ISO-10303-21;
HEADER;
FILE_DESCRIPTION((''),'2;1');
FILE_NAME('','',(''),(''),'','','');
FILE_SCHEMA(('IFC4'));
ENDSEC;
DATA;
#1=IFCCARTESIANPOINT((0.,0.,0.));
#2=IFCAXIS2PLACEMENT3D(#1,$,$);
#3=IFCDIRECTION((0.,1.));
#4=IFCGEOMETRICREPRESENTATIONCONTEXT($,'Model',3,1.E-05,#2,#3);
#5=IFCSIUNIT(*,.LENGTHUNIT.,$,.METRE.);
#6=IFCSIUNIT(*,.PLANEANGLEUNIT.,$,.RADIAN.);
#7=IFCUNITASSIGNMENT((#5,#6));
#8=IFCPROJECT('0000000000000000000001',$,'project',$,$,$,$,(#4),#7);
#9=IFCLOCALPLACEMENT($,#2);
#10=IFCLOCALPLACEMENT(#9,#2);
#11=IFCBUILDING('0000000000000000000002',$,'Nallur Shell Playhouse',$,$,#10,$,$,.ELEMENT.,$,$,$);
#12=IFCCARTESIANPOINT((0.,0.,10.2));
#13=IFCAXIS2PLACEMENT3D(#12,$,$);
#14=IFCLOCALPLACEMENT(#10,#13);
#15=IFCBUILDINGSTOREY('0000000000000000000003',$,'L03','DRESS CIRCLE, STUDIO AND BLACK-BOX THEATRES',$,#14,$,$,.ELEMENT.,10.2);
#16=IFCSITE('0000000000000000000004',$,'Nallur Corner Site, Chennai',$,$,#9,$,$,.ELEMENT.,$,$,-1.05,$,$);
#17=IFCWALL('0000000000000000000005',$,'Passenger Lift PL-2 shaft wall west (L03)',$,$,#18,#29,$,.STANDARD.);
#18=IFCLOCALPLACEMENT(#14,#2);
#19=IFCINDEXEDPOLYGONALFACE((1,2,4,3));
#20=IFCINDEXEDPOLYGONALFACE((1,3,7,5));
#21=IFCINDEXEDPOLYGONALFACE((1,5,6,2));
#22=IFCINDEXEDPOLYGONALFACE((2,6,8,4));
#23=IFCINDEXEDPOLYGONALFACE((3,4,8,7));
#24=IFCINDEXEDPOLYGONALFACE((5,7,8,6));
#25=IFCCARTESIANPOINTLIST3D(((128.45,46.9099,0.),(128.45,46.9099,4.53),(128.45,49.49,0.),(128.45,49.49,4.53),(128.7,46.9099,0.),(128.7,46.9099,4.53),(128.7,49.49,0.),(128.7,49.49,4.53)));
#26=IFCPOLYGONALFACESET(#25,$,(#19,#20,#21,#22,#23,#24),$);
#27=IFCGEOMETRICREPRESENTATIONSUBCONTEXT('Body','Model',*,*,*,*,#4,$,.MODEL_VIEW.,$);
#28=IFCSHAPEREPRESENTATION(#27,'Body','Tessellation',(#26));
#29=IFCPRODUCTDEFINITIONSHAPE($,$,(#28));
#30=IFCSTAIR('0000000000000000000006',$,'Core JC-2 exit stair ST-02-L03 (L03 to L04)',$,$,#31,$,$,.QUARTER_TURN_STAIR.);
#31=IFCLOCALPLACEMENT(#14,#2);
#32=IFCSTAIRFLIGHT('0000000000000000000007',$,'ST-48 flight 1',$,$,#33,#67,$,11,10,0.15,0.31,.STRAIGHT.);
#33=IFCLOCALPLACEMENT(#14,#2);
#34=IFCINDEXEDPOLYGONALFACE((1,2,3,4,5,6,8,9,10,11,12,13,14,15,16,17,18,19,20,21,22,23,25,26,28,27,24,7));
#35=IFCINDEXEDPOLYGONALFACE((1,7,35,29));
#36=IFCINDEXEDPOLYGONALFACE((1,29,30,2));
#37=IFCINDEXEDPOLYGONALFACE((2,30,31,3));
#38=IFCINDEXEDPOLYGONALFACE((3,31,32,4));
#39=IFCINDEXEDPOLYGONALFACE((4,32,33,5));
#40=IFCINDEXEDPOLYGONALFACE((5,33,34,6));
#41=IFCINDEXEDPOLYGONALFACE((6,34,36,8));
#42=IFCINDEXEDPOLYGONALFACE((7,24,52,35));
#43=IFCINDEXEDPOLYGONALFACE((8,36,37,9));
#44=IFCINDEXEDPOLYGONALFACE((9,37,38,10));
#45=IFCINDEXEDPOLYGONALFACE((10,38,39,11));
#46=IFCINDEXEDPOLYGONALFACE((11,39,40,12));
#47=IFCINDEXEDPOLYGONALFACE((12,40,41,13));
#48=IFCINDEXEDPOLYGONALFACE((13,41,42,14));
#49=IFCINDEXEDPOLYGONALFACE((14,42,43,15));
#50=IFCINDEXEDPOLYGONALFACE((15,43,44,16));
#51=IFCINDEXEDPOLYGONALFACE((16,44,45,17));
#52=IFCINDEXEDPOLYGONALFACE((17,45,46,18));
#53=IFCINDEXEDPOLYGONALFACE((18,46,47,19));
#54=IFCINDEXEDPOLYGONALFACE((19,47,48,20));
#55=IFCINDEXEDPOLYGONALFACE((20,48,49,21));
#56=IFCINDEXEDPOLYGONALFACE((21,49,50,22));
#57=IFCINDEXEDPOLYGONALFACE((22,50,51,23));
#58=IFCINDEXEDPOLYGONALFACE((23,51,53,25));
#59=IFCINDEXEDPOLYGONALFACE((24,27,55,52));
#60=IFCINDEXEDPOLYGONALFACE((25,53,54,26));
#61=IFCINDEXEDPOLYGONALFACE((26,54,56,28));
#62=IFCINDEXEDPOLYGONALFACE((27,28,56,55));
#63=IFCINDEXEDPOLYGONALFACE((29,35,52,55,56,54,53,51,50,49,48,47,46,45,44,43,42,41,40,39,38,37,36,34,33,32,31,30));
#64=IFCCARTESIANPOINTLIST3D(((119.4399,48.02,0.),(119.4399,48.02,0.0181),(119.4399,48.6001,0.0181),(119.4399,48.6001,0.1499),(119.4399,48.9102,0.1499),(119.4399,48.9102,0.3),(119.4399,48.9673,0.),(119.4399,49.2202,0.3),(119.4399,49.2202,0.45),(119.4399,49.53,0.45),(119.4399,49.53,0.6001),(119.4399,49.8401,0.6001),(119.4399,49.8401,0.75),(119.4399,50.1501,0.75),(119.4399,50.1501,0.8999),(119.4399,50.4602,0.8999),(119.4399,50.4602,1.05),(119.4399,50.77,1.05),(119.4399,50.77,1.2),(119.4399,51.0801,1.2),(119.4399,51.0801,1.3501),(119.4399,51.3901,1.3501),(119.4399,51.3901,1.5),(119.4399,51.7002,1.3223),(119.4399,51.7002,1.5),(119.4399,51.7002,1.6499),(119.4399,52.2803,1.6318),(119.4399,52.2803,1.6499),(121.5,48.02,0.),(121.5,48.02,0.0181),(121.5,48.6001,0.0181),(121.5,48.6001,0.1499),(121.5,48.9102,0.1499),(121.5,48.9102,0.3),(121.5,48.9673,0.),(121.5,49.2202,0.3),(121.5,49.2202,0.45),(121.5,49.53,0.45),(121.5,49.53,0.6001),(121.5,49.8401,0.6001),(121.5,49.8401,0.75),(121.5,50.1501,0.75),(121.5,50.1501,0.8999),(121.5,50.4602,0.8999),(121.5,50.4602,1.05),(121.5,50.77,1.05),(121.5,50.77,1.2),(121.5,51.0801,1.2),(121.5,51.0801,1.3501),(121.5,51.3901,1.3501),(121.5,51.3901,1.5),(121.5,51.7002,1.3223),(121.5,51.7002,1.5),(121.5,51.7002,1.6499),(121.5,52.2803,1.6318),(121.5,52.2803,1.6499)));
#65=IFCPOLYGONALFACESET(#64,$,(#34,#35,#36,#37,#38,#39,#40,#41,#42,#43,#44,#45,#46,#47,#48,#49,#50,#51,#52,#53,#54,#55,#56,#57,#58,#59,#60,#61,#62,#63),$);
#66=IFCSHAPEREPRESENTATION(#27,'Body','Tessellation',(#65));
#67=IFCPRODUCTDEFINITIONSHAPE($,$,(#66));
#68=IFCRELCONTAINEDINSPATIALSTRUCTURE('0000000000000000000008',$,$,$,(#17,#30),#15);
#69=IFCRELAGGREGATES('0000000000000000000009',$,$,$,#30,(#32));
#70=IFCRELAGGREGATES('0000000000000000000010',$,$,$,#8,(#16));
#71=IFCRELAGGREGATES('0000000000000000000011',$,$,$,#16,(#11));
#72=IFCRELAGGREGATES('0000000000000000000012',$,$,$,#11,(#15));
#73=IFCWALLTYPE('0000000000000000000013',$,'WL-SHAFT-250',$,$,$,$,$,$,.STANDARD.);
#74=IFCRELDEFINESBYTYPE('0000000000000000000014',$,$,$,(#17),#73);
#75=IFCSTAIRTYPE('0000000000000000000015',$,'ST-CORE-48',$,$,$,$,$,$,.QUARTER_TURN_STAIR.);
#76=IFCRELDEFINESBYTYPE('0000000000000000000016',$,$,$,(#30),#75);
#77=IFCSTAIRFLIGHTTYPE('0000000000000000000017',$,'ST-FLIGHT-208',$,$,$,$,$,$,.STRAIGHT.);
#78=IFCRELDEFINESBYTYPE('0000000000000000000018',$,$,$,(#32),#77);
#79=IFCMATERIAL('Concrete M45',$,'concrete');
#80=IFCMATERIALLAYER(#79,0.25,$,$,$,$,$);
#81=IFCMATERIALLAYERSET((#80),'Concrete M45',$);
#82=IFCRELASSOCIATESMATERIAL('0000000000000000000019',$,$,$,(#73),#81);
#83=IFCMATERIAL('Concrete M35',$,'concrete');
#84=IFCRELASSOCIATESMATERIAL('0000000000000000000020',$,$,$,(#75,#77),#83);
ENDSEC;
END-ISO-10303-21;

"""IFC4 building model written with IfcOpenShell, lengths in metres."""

from ifc_helpers import new_model, si_unit, direction, frame, frame_2d, origin, place, context, subcontext, project, spatial, polyline, rectangle, outline, extrude, material, layer, layer_set, type_object, element, aggregate, save


model = new_model("IFC4")

# Units and contexts
model_context = context("Model", 3, precision=1e-05, world=origin(), true_north=direction((0.0, 1.0)))
body_context = subcontext(model_context, "Body", "Model", "MODEL_VIEW")
ifc_project = project(units=[si_unit("LENGTHUNIT", "METRE"), si_unit("PLANEANGLEUNIT", "RADIAN")], contexts=[model_context])

# Site, building, storey
site_placement = place(None, origin())
site = spatial("IfcSite", under=ifc_project, at=site_placement, Name="Nallur Corner Site, Chennai", CompositionType="ELEMENT", RefElevation=-1.05)
building_placement = place(site_placement, origin())
building = spatial("IfcBuilding", under=site, at=building_placement, Name="Nallur Shell Playhouse", CompositionType="ELEMENT")
storey_placement = place(building_placement, frame((0.0, 0.0, 10.2)))
storey = spatial("IfcBuildingStorey", under=building, at=storey_placement, Name="L03", Description="DRESS CIRCLE, STUDIO AND BLACK-BOX THEATRES", CompositionType="ELEMENT", Elevation=10.2)

# Shared definitions
ifc_material_1 = material(Name="Concrete M45", Category="concrete")

# Shared definitions
ifc_material_2 = material(Name="Concrete M35", Category="concrete")

# Shared definitions
ifc_layer_1 = layer(ifc_material_1, 0.25)
ifc_layer_set_1 = layer_set([ifc_layer_1], Name="Concrete M45")
wall_type_1 = type_object("IfcWallType", Name="WL-SHAFT-250", PredefinedType="STANDARD", material=ifc_layer_set_1)

# Wall
wall_1_placement = place(storey_placement, frame((128.575, 49.49, 0.0), z_axis=(0.0, 0.0, 1.0), x_axis=(0.0, -1.0, 0.0)))
element("IfcWall", 1, at=wall_1_placement, inside=storey, type_object=wall_type_1, Name="Passenger Lift PL-2 shaft wall west (L03)", PredefinedType="STANDARD", context=body_context, shape_type="SweptSolid", body=[
    extrude(rectangle(XDim=2.5801, YDim=0.25, at=frame_2d((1.29, 0.0))), origin(), (0.0, 0.0, 1.0), 4.53),
])

# Stair, stair flight
stair_type = type_object("IfcStairType", Name="ST-CORE-48", PredefinedType="QUARTER_TURN_STAIR", material=ifc_material_2)
stair_placement = place(storey_placement, origin())
stair = element("IfcStair", 2, at=stair_placement, inside=storey, type_object=stair_type, Name="Core JC-2 exit stair ST-02-L03 (L03 to L04)", PredefinedType="QUARTER_TURN_STAIR")
stair_flight_type = type_object("IfcStairFlightType", Name="ST-FLIGHT-208", PredefinedType="STRAIGHT", material=ifc_material_2)
stair_flight_placement = place(storey_placement, frame((120.47, 48.6001, 0.0), z_axis=(0.0, 0.0, 1.0), x_axis=(0.0, 1.0, 0.0)))
stair_flight = element("IfcStairFlight", 3, at=stair_flight_placement, type_object=stair_flight_type, Name="ST-48 flight 1", NumberOfRisers=11, NumberOfTreads=10, PredefinedType="STRAIGHT", RiserHeight=0.15, TreadLength=0.31, context=body_context, shape_type="SweptSolid", body=[
    extrude(outline(polyline([(-0.5801, 0.0), (-0.5801, 0.0181), (0.0, 0.0181), (0.0, 0.1499), (0.3101, 0.1499), (0.3101, 0.3), (0.6201, 0.3), (0.6201, 0.45), (0.9299, 0.45), (0.9299, 0.6001), (1.24, 0.6001), (1.24, 0.75), (1.55, 0.75), (1.55, 0.8999), (1.8601, 0.8999), (1.8601, 1.05), (2.1699, 1.05), (2.1699, 1.2), (2.48, 1.2), (2.48, 1.3501), (2.79, 1.3501), (2.79, 1.5), (3.1001, 1.5), (3.1001, 1.6499), (3.6802, 1.6499), (3.6802, 1.6318), (3.1001, 1.3223), (0.3672, 0.0), (-0.5801, 0.0)])), frame((0.0, 1.03, 0.0), z_axis=(0.0, -1.0, 0.0), x_axis=(1.0, 0.0, 0.0)), (0.0, 0.0, 1.0), 2.0601),
])
aggregate(stair, [stair_flight])

save(model, "model.ifc")
